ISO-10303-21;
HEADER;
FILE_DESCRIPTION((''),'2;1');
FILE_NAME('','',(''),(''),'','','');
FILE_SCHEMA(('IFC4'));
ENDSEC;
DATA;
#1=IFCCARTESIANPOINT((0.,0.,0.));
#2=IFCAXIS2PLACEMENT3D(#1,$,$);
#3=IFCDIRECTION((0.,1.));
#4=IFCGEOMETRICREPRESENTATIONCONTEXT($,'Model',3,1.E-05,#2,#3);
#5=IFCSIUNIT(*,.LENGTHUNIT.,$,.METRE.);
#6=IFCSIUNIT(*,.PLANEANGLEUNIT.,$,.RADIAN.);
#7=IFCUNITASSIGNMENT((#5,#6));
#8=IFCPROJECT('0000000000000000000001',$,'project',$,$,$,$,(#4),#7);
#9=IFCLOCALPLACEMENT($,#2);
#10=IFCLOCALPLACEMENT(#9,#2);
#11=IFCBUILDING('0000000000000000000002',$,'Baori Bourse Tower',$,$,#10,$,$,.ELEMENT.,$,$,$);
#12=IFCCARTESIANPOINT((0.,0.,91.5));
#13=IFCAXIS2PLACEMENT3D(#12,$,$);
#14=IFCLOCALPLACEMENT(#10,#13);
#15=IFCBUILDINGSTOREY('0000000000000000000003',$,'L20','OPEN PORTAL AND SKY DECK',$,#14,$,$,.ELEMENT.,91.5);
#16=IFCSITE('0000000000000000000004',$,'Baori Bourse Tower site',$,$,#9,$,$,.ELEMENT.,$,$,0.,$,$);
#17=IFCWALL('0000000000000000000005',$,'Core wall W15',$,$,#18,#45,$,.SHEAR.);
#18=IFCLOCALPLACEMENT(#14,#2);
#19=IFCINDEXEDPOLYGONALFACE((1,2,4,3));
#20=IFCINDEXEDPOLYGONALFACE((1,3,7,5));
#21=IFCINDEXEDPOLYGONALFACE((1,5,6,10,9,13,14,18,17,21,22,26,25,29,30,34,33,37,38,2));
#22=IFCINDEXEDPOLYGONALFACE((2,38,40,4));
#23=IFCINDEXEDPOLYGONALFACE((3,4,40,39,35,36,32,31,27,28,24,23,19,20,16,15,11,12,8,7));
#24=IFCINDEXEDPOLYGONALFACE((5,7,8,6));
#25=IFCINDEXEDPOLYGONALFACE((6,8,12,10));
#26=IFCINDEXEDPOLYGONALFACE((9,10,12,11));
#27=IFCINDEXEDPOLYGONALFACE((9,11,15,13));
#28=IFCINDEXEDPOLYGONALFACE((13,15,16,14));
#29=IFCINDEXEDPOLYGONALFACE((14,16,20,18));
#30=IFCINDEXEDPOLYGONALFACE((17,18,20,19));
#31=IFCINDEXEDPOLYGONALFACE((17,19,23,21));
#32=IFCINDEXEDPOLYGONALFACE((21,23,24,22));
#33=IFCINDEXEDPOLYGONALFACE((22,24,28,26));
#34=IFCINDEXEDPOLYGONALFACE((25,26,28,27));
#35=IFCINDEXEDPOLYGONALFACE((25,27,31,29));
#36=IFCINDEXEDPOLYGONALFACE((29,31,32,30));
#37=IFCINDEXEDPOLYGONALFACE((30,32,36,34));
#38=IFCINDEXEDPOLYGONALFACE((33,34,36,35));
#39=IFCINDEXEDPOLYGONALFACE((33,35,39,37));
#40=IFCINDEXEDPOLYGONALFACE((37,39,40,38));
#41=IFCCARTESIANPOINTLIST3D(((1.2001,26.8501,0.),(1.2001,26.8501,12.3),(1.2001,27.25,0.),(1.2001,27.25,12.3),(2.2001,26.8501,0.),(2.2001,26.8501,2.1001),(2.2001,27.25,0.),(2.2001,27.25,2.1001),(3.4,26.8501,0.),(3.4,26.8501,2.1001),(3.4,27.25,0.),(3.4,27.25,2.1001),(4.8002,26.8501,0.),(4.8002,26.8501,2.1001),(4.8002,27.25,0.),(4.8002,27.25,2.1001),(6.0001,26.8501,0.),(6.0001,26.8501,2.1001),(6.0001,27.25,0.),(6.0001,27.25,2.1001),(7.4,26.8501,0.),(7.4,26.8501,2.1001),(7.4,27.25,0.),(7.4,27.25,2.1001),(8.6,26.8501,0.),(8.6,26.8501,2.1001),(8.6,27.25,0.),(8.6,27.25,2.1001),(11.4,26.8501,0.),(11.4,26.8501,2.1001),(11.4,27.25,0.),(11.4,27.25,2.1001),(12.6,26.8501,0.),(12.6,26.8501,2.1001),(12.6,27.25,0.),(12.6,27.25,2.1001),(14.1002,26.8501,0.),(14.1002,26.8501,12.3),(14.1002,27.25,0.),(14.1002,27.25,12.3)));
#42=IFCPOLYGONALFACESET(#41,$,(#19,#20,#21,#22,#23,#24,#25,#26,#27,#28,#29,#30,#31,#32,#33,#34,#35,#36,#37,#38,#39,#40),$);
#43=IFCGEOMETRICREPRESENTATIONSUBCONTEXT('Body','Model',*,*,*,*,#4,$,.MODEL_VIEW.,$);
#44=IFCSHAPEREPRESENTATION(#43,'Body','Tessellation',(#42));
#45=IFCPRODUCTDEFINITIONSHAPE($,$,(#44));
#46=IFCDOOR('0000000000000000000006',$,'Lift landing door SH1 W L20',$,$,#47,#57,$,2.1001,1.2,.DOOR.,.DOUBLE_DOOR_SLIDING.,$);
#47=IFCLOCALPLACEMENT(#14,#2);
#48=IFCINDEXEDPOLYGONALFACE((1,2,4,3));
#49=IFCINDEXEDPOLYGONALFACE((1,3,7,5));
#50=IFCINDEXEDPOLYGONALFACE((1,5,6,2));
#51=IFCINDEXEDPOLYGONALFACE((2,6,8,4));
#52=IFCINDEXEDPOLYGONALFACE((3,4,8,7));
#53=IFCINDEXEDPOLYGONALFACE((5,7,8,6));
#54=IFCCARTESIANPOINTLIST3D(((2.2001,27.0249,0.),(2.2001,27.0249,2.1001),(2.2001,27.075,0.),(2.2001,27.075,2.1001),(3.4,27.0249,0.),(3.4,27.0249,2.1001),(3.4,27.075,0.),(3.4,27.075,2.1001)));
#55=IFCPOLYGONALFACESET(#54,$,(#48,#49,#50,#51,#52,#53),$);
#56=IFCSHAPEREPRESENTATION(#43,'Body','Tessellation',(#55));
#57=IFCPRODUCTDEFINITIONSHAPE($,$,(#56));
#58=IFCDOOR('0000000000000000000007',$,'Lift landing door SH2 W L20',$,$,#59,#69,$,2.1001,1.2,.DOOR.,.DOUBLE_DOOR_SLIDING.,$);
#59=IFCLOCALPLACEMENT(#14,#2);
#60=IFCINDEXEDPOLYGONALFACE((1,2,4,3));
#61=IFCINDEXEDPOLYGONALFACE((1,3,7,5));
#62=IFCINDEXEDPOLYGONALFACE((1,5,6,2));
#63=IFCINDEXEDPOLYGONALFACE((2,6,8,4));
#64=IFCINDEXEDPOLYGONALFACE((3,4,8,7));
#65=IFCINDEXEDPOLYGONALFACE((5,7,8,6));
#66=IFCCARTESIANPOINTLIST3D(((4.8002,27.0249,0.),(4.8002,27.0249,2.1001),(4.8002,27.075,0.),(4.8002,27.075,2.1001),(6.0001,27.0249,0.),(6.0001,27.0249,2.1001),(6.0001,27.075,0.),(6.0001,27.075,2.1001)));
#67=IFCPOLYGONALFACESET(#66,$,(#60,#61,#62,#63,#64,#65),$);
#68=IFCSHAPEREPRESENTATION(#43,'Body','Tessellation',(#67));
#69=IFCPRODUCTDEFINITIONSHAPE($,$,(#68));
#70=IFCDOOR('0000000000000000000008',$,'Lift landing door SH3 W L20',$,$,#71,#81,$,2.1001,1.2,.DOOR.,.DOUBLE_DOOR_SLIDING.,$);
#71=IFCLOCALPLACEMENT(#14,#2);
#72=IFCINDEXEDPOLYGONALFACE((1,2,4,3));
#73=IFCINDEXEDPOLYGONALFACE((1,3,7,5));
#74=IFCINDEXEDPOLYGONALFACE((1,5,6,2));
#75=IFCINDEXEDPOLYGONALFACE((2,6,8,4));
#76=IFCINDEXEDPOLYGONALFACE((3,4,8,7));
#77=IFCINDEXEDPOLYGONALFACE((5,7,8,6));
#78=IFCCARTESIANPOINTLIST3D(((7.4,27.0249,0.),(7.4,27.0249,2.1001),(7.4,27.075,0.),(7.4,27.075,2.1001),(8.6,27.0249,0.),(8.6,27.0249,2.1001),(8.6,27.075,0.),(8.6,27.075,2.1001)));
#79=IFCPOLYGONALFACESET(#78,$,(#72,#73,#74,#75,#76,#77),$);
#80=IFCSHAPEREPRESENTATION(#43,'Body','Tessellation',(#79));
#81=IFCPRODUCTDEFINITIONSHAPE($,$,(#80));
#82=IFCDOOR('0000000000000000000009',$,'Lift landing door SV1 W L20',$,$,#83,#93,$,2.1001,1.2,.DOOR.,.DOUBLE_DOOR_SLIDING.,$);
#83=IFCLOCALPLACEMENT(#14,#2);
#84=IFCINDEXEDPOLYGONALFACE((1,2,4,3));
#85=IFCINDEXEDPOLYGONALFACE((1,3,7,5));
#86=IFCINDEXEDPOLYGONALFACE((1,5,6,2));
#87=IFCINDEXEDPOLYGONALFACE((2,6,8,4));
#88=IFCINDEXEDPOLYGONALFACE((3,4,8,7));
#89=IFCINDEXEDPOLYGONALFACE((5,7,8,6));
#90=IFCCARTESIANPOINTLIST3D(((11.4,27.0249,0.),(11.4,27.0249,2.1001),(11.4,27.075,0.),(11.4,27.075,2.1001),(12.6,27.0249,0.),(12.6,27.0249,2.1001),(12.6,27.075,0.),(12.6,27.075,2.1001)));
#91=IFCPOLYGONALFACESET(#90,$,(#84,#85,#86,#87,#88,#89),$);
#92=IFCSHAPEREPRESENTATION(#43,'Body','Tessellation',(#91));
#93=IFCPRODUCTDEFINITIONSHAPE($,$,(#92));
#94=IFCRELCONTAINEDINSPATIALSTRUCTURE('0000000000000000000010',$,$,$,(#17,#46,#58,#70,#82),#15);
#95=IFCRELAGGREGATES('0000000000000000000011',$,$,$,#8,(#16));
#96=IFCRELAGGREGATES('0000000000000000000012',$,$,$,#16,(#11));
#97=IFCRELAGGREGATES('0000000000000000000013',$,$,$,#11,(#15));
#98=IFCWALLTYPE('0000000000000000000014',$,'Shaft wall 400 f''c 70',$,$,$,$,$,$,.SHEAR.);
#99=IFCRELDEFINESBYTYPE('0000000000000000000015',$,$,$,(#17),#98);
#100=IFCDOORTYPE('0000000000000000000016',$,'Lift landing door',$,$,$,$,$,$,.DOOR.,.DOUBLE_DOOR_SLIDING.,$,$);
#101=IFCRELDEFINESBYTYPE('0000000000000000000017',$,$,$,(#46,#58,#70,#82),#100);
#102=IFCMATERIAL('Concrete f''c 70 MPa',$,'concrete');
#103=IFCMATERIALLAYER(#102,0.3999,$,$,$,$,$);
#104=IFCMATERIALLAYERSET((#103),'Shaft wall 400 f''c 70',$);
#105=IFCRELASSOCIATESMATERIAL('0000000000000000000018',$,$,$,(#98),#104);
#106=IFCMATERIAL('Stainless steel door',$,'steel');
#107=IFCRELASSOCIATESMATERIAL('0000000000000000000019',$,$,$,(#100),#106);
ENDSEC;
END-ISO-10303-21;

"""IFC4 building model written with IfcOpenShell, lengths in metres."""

from ifc_helpers import new_model, si_unit, direction, frame, frame_2d, origin, place, context, subcontext, project, spatial, rectangle, extrude, material, layer, layer_set, type_object, element, fill, save


model = new_model("IFC4")

# Units and contexts
model_context = context("Model", 3, precision=1e-05, world=origin(), true_north=direction((0.0, 1.0)))
body_context = subcontext(model_context, "Body", "Model", "MODEL_VIEW")
ifc_project = project(units=[si_unit("LENGTHUNIT", "METRE"), si_unit("PLANEANGLEUNIT", "RADIAN")], contexts=[model_context])

# Site, building, storey
site_placement = place(None, origin())
site = spatial("IfcSite", under=ifc_project, at=site_placement, Name="Baori Bourse Tower site", CompositionType="ELEMENT", RefElevation=0.0)
building_placement = place(site_placement, origin())
building = spatial("IfcBuilding", under=site, at=building_placement, Name="Baori Bourse Tower", CompositionType="ELEMENT")
storey_placement = place(building_placement, frame((0.0, 0.0, 91.5)))
storey = spatial("IfcBuildingStorey", under=building, at=storey_placement, Name="L20", Description="OPEN PORTAL AND SKY DECK", CompositionType="ELEMENT", Elevation=91.5)

# Shared definitions
ifc_material_1 = material(Name="Concrete f'c 70 MPa", Category="concrete")
ifc_layer_1 = layer(ifc_material_1, 0.3999)
ifc_layer_set_1 = layer_set([ifc_layer_1], Name="Shaft wall 400 f'c 70")
wall_type_1 = type_object("IfcWallType", Name="Shaft wall 400 f'c 70", PredefinedType="SHEAR", material=ifc_layer_set_1)

# Shared definitions
ifc_material_2 = material(Name="Stainless steel door", Category="steel")
door_type_1 = type_object("IfcDoorType", Name="Lift landing door", OperationType="DOUBLE_DOOR_SLIDING", PredefinedType="DOOR", material=ifc_material_2)

# Wall, openings, doors
wall_1_placement = place(storey_placement, frame((1.2, 27.05, 0.0), z_axis=(0.0, 0.0, 1.0), x_axis=(1.0, 0.0, 0.0)))
wall_1 = element("IfcWall", 1, at=wall_1_placement, inside=storey, type_object=wall_type_1, Name="Core wall W15", PredefinedType="SHEAR", context=body_context, shape_type="SweptSolid", body=[
    extrude(rectangle(XDim=12.9001, YDim=0.3999, at=frame_2d((6.4502, 0.0))), origin(), (0.0, 0.0, 1.0), 12.3),
])
opening_1_placement = place(wall_1_placement, frame((1.0, 0.0, 0.0)))
opening_1 = element("IfcOpeningElement", 2, at=opening_1_placement, cuts=wall_1, PredefinedType="OPENING", context=body_context, shape_type="SweptSolid", body=[
    extrude(rectangle(XDim=1.2, YDim=2.1001, at=frame_2d((0.6001, 1.05))), frame((0.0, 0.21, 0.0), z_axis=(0.0, -1.0, 0.0), x_axis=(1.0, 0.0, 0.0)), (0.0, 0.0, 1.0), 0.4199),
])
opening_2_placement = place(wall_1_placement, frame((3.6001, 0.0, 0.0)))
opening_2 = element("IfcOpeningElement", 3, at=opening_2_placement, cuts=wall_1, PredefinedType="OPENING", context=body_context, shape_type="SweptSolid", body=[
    extrude(rectangle(XDim=1.2, YDim=2.1001, at=frame_2d((0.6001, 1.05))), frame((0.0, 0.21, 0.0), z_axis=(0.0, -1.0, 0.0), x_axis=(1.0, 0.0, 0.0)), (0.0, 0.0, 1.0), 0.4199),
])
opening_3_placement = place(wall_1_placement, frame((6.2, 0.0, 0.0)))
opening_3 = element("IfcOpeningElement", 4, at=opening_3_placement, cuts=wall_1, PredefinedType="OPENING", context=body_context, shape_type="SweptSolid", body=[
    extrude(rectangle(XDim=1.2, YDim=2.1001, at=frame_2d((0.6001, 1.05))), frame((0.0, 0.21, 0.0), z_axis=(0.0, -1.0, 0.0), x_axis=(1.0, 0.0, 0.0)), (0.0, 0.0, 1.0), 0.4199),
])
opening_4_placement = place(wall_1_placement, frame((10.2, 0.0, 0.0)))
opening_4 = element("IfcOpeningElement", 5, at=opening_4_placement, cuts=wall_1, PredefinedType="OPENING", context=body_context, shape_type="SweptSolid", body=[
    extrude(rectangle(XDim=1.2, YDim=2.1001, at=frame_2d((0.6001, 1.05))), frame((0.0, 0.21, 0.0), z_axis=(0.0, -1.0, 0.0), x_axis=(1.0, 0.0, 0.0)), (0.0, 0.0, 1.0), 0.4199),
])
door_1_placement = place(opening_1_placement, origin())
door_1 = element("IfcDoor", 6, at=door_1_placement, inside=storey, type_object=door_type_1, Name="Lift landing door SH1 W L20", OperationType="DOUBLE_DOOR_SLIDING", OverallHeight=2.1001, OverallWidth=1.2, PredefinedType="DOOR", context=body_context, shape_type="SweptSolid", body=[
    extrude(rectangle(XDim=1.2, YDim=2.1001, at=frame_2d((0.6001, 1.05))), frame((0.0, 0.0249, 0.0), z_axis=(0.0, -1.0, 0.0), x_axis=(1.0, 0.0, 0.0)), (0.0, 0.0, 1.0), 0.05),
])
fill(opening_1, door_1)
door_2_placement = place(opening_2_placement, origin())
door_2 = element("IfcDoor", 7, at=door_2_placement, inside=storey, type_object=door_type_1, Name="Lift landing door SH2 W L20", OperationType="DOUBLE_DOOR_SLIDING", OverallHeight=2.1001, OverallWidth=1.2, PredefinedType="DOOR", context=body_context, shape_type="SweptSolid", body=[
    extrude(rectangle(XDim=1.2, YDim=2.1001, at=frame_2d((0.6001, 1.05))), frame((0.0, 0.0249, 0.0), z_axis=(0.0, -1.0, 0.0), x_axis=(1.0, 0.0, 0.0)), (0.0, 0.0, 1.0), 0.05),
])
fill(opening_2, door_2)
door_3_placement = place(opening_3_placement, origin())
door_3 = element("IfcDoor", 8, at=door_3_placement, inside=storey, type_object=door_type_1, Name="Lift landing door SH3 W L20", OperationType="DOUBLE_DOOR_SLIDING", OverallHeight=2.1001, OverallWidth=1.2, PredefinedType="DOOR", context=body_context, shape_type="SweptSolid", body=[
    extrude(rectangle(XDim=1.2, YDim=2.1001, at=frame_2d((0.6001, 1.05))), frame((0.0, 0.0249, 0.0), z_axis=(0.0, -1.0, 0.0), x_axis=(1.0, 0.0, 0.0)), (0.0, 0.0, 1.0), 0.05),
])
fill(opening_3, door_3)
door_4_placement = place(opening_4_placement, origin())
door_4 = element("IfcDoor", 9, at=door_4_placement, inside=storey, type_object=door_type_1, Name="Lift landing door SV1 W L20", OperationType="DOUBLE_DOOR_SLIDING", OverallHeight=2.1001, OverallWidth=1.2, PredefinedType="DOOR", context=body_context, shape_type="SweptSolid", body=[
    extrude(rectangle(XDim=1.2, YDim=2.1001, at=frame_2d((0.6001, 1.05))), frame((0.0, 0.0249, 0.0), z_axis=(0.0, -1.0, 0.0), x_axis=(1.0, 0.0, 0.0)), (0.0, 0.0, 1.0), 0.05),
])
fill(opening_4, door_4)

save(model, "model.ifc")
